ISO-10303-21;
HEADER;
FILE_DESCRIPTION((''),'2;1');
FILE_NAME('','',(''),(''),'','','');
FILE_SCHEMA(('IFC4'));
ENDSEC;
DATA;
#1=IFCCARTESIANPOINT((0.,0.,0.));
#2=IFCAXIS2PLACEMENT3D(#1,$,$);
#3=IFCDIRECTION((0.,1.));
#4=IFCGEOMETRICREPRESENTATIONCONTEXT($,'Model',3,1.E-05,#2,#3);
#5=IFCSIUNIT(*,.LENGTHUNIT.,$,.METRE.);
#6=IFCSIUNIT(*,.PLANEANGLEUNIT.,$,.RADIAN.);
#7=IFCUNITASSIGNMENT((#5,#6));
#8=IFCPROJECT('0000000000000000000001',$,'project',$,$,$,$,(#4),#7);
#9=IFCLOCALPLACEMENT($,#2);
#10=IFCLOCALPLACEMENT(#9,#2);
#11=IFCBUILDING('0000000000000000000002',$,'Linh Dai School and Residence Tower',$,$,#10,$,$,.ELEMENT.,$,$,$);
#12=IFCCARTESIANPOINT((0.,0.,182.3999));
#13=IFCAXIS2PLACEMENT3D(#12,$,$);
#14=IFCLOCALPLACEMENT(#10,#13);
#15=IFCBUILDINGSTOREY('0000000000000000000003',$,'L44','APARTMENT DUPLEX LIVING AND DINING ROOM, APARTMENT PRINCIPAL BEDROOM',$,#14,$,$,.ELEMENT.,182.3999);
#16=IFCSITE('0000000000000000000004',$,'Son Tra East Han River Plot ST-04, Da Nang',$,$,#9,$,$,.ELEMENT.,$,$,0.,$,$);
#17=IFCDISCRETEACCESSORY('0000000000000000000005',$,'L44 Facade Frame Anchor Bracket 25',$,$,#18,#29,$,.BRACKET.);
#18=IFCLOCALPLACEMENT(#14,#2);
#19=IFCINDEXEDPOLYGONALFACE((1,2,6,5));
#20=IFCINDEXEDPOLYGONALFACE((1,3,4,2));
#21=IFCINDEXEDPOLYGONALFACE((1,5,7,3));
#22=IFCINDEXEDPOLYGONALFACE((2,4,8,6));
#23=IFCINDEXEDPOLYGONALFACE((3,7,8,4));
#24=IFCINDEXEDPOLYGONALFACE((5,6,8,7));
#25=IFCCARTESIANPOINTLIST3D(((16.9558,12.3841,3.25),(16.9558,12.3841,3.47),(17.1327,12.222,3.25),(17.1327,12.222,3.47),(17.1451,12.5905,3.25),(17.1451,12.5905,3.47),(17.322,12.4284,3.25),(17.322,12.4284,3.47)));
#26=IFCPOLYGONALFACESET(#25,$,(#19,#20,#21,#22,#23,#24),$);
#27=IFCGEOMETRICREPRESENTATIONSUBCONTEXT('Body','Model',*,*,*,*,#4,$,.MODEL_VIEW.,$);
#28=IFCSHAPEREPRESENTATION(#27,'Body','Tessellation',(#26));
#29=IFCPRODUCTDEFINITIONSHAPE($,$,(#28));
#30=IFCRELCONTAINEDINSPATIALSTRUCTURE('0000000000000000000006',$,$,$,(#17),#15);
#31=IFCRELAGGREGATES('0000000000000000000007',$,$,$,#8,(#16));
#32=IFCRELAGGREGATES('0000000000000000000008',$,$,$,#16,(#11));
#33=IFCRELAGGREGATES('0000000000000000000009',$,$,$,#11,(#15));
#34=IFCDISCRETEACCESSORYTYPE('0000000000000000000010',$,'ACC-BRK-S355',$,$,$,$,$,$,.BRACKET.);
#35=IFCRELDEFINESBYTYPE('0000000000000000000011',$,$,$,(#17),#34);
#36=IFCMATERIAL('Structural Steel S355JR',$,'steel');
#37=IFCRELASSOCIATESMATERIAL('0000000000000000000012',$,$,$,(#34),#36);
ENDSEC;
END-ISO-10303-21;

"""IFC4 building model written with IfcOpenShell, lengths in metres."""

from ifc_helpers import new_model, si_unit, direction, frame, origin, origin_2d, place, context, subcontext, project, spatial, rectangle, extrude, source, transform, mapped, material, type_object, element, save


model = new_model("IFC4")

# Units and contexts
model_context = context("Model", 3, precision=1e-05, world=origin(), true_north=direction((0.0, 1.0)))
body_context = subcontext(model_context, "Body", "Model", "MODEL_VIEW")
ifc_project = project(units=[si_unit("LENGTHUNIT", "METRE"), si_unit("PLANEANGLEUNIT", "RADIAN")], contexts=[model_context])

# Site, building, storey
site_placement = place(None, origin())
site = spatial("IfcSite", under=ifc_project, at=site_placement, Name="Son Tra East Han River Plot ST-04, Da Nang", CompositionType="ELEMENT", RefElevation=0.0)
building_placement = place(site_placement, origin())
building = spatial("IfcBuilding", under=site, at=building_placement, Name="Linh Dai School and Residence Tower", CompositionType="ELEMENT")
storey_placement = place(building_placement, frame((0.0, 0.0, 182.3999)))
storey = spatial("IfcBuildingStorey", under=building, at=storey_placement, Name="L44", Description="APARTMENT DUPLEX LIVING AND DINING ROOM, APARTMENT PRINCIPAL BEDROOM", CompositionType="ELEMENT", Elevation=182.3999)

# Shared definitions
ifc_material_1 = material(Name="Structural Steel S355JR", Category="steel")

# Discrete accessory
discrete_accessory_type = type_object("IfcDiscreteAccessoryType", Name="ACC-BRK-S355", PredefinedType="BRACKET", material=ifc_material_1)
shared_shape_1 = source(origin(), body_context, "Body", "SweptSolid", [
    extrude(rectangle(XDim=0.28, YDim=0.24, at=origin_2d()), origin(), (0.0, 0.0, 1.0), 0.22),
])
discrete_accessory_placement = place(storey_placement, frame((17.1389, 12.4062, 3.25), z_axis=(0.0, 0.0, 1.0), x_axis=(-0.6758, -0.737085, 0.0)))
element("IfcDiscreteAccessory", 1, at=discrete_accessory_placement, inside=storey, type_object=discrete_accessory_type, Name="L44 Facade Frame Anchor Bracket 25", PredefinedType="BRACKET", context=body_context, shape_type="MappedRepresentation", body=[
    mapped(shared_shape_1, transform((0.0, 0.0, 0.0), x_axis=(1.0, 0.0, 0.0), y_axis=(0.0, 1.0, 0.0), z_axis=(0.0, 0.0, 1.0), scale=1.0)),
])

save(model, "model.ifc")
